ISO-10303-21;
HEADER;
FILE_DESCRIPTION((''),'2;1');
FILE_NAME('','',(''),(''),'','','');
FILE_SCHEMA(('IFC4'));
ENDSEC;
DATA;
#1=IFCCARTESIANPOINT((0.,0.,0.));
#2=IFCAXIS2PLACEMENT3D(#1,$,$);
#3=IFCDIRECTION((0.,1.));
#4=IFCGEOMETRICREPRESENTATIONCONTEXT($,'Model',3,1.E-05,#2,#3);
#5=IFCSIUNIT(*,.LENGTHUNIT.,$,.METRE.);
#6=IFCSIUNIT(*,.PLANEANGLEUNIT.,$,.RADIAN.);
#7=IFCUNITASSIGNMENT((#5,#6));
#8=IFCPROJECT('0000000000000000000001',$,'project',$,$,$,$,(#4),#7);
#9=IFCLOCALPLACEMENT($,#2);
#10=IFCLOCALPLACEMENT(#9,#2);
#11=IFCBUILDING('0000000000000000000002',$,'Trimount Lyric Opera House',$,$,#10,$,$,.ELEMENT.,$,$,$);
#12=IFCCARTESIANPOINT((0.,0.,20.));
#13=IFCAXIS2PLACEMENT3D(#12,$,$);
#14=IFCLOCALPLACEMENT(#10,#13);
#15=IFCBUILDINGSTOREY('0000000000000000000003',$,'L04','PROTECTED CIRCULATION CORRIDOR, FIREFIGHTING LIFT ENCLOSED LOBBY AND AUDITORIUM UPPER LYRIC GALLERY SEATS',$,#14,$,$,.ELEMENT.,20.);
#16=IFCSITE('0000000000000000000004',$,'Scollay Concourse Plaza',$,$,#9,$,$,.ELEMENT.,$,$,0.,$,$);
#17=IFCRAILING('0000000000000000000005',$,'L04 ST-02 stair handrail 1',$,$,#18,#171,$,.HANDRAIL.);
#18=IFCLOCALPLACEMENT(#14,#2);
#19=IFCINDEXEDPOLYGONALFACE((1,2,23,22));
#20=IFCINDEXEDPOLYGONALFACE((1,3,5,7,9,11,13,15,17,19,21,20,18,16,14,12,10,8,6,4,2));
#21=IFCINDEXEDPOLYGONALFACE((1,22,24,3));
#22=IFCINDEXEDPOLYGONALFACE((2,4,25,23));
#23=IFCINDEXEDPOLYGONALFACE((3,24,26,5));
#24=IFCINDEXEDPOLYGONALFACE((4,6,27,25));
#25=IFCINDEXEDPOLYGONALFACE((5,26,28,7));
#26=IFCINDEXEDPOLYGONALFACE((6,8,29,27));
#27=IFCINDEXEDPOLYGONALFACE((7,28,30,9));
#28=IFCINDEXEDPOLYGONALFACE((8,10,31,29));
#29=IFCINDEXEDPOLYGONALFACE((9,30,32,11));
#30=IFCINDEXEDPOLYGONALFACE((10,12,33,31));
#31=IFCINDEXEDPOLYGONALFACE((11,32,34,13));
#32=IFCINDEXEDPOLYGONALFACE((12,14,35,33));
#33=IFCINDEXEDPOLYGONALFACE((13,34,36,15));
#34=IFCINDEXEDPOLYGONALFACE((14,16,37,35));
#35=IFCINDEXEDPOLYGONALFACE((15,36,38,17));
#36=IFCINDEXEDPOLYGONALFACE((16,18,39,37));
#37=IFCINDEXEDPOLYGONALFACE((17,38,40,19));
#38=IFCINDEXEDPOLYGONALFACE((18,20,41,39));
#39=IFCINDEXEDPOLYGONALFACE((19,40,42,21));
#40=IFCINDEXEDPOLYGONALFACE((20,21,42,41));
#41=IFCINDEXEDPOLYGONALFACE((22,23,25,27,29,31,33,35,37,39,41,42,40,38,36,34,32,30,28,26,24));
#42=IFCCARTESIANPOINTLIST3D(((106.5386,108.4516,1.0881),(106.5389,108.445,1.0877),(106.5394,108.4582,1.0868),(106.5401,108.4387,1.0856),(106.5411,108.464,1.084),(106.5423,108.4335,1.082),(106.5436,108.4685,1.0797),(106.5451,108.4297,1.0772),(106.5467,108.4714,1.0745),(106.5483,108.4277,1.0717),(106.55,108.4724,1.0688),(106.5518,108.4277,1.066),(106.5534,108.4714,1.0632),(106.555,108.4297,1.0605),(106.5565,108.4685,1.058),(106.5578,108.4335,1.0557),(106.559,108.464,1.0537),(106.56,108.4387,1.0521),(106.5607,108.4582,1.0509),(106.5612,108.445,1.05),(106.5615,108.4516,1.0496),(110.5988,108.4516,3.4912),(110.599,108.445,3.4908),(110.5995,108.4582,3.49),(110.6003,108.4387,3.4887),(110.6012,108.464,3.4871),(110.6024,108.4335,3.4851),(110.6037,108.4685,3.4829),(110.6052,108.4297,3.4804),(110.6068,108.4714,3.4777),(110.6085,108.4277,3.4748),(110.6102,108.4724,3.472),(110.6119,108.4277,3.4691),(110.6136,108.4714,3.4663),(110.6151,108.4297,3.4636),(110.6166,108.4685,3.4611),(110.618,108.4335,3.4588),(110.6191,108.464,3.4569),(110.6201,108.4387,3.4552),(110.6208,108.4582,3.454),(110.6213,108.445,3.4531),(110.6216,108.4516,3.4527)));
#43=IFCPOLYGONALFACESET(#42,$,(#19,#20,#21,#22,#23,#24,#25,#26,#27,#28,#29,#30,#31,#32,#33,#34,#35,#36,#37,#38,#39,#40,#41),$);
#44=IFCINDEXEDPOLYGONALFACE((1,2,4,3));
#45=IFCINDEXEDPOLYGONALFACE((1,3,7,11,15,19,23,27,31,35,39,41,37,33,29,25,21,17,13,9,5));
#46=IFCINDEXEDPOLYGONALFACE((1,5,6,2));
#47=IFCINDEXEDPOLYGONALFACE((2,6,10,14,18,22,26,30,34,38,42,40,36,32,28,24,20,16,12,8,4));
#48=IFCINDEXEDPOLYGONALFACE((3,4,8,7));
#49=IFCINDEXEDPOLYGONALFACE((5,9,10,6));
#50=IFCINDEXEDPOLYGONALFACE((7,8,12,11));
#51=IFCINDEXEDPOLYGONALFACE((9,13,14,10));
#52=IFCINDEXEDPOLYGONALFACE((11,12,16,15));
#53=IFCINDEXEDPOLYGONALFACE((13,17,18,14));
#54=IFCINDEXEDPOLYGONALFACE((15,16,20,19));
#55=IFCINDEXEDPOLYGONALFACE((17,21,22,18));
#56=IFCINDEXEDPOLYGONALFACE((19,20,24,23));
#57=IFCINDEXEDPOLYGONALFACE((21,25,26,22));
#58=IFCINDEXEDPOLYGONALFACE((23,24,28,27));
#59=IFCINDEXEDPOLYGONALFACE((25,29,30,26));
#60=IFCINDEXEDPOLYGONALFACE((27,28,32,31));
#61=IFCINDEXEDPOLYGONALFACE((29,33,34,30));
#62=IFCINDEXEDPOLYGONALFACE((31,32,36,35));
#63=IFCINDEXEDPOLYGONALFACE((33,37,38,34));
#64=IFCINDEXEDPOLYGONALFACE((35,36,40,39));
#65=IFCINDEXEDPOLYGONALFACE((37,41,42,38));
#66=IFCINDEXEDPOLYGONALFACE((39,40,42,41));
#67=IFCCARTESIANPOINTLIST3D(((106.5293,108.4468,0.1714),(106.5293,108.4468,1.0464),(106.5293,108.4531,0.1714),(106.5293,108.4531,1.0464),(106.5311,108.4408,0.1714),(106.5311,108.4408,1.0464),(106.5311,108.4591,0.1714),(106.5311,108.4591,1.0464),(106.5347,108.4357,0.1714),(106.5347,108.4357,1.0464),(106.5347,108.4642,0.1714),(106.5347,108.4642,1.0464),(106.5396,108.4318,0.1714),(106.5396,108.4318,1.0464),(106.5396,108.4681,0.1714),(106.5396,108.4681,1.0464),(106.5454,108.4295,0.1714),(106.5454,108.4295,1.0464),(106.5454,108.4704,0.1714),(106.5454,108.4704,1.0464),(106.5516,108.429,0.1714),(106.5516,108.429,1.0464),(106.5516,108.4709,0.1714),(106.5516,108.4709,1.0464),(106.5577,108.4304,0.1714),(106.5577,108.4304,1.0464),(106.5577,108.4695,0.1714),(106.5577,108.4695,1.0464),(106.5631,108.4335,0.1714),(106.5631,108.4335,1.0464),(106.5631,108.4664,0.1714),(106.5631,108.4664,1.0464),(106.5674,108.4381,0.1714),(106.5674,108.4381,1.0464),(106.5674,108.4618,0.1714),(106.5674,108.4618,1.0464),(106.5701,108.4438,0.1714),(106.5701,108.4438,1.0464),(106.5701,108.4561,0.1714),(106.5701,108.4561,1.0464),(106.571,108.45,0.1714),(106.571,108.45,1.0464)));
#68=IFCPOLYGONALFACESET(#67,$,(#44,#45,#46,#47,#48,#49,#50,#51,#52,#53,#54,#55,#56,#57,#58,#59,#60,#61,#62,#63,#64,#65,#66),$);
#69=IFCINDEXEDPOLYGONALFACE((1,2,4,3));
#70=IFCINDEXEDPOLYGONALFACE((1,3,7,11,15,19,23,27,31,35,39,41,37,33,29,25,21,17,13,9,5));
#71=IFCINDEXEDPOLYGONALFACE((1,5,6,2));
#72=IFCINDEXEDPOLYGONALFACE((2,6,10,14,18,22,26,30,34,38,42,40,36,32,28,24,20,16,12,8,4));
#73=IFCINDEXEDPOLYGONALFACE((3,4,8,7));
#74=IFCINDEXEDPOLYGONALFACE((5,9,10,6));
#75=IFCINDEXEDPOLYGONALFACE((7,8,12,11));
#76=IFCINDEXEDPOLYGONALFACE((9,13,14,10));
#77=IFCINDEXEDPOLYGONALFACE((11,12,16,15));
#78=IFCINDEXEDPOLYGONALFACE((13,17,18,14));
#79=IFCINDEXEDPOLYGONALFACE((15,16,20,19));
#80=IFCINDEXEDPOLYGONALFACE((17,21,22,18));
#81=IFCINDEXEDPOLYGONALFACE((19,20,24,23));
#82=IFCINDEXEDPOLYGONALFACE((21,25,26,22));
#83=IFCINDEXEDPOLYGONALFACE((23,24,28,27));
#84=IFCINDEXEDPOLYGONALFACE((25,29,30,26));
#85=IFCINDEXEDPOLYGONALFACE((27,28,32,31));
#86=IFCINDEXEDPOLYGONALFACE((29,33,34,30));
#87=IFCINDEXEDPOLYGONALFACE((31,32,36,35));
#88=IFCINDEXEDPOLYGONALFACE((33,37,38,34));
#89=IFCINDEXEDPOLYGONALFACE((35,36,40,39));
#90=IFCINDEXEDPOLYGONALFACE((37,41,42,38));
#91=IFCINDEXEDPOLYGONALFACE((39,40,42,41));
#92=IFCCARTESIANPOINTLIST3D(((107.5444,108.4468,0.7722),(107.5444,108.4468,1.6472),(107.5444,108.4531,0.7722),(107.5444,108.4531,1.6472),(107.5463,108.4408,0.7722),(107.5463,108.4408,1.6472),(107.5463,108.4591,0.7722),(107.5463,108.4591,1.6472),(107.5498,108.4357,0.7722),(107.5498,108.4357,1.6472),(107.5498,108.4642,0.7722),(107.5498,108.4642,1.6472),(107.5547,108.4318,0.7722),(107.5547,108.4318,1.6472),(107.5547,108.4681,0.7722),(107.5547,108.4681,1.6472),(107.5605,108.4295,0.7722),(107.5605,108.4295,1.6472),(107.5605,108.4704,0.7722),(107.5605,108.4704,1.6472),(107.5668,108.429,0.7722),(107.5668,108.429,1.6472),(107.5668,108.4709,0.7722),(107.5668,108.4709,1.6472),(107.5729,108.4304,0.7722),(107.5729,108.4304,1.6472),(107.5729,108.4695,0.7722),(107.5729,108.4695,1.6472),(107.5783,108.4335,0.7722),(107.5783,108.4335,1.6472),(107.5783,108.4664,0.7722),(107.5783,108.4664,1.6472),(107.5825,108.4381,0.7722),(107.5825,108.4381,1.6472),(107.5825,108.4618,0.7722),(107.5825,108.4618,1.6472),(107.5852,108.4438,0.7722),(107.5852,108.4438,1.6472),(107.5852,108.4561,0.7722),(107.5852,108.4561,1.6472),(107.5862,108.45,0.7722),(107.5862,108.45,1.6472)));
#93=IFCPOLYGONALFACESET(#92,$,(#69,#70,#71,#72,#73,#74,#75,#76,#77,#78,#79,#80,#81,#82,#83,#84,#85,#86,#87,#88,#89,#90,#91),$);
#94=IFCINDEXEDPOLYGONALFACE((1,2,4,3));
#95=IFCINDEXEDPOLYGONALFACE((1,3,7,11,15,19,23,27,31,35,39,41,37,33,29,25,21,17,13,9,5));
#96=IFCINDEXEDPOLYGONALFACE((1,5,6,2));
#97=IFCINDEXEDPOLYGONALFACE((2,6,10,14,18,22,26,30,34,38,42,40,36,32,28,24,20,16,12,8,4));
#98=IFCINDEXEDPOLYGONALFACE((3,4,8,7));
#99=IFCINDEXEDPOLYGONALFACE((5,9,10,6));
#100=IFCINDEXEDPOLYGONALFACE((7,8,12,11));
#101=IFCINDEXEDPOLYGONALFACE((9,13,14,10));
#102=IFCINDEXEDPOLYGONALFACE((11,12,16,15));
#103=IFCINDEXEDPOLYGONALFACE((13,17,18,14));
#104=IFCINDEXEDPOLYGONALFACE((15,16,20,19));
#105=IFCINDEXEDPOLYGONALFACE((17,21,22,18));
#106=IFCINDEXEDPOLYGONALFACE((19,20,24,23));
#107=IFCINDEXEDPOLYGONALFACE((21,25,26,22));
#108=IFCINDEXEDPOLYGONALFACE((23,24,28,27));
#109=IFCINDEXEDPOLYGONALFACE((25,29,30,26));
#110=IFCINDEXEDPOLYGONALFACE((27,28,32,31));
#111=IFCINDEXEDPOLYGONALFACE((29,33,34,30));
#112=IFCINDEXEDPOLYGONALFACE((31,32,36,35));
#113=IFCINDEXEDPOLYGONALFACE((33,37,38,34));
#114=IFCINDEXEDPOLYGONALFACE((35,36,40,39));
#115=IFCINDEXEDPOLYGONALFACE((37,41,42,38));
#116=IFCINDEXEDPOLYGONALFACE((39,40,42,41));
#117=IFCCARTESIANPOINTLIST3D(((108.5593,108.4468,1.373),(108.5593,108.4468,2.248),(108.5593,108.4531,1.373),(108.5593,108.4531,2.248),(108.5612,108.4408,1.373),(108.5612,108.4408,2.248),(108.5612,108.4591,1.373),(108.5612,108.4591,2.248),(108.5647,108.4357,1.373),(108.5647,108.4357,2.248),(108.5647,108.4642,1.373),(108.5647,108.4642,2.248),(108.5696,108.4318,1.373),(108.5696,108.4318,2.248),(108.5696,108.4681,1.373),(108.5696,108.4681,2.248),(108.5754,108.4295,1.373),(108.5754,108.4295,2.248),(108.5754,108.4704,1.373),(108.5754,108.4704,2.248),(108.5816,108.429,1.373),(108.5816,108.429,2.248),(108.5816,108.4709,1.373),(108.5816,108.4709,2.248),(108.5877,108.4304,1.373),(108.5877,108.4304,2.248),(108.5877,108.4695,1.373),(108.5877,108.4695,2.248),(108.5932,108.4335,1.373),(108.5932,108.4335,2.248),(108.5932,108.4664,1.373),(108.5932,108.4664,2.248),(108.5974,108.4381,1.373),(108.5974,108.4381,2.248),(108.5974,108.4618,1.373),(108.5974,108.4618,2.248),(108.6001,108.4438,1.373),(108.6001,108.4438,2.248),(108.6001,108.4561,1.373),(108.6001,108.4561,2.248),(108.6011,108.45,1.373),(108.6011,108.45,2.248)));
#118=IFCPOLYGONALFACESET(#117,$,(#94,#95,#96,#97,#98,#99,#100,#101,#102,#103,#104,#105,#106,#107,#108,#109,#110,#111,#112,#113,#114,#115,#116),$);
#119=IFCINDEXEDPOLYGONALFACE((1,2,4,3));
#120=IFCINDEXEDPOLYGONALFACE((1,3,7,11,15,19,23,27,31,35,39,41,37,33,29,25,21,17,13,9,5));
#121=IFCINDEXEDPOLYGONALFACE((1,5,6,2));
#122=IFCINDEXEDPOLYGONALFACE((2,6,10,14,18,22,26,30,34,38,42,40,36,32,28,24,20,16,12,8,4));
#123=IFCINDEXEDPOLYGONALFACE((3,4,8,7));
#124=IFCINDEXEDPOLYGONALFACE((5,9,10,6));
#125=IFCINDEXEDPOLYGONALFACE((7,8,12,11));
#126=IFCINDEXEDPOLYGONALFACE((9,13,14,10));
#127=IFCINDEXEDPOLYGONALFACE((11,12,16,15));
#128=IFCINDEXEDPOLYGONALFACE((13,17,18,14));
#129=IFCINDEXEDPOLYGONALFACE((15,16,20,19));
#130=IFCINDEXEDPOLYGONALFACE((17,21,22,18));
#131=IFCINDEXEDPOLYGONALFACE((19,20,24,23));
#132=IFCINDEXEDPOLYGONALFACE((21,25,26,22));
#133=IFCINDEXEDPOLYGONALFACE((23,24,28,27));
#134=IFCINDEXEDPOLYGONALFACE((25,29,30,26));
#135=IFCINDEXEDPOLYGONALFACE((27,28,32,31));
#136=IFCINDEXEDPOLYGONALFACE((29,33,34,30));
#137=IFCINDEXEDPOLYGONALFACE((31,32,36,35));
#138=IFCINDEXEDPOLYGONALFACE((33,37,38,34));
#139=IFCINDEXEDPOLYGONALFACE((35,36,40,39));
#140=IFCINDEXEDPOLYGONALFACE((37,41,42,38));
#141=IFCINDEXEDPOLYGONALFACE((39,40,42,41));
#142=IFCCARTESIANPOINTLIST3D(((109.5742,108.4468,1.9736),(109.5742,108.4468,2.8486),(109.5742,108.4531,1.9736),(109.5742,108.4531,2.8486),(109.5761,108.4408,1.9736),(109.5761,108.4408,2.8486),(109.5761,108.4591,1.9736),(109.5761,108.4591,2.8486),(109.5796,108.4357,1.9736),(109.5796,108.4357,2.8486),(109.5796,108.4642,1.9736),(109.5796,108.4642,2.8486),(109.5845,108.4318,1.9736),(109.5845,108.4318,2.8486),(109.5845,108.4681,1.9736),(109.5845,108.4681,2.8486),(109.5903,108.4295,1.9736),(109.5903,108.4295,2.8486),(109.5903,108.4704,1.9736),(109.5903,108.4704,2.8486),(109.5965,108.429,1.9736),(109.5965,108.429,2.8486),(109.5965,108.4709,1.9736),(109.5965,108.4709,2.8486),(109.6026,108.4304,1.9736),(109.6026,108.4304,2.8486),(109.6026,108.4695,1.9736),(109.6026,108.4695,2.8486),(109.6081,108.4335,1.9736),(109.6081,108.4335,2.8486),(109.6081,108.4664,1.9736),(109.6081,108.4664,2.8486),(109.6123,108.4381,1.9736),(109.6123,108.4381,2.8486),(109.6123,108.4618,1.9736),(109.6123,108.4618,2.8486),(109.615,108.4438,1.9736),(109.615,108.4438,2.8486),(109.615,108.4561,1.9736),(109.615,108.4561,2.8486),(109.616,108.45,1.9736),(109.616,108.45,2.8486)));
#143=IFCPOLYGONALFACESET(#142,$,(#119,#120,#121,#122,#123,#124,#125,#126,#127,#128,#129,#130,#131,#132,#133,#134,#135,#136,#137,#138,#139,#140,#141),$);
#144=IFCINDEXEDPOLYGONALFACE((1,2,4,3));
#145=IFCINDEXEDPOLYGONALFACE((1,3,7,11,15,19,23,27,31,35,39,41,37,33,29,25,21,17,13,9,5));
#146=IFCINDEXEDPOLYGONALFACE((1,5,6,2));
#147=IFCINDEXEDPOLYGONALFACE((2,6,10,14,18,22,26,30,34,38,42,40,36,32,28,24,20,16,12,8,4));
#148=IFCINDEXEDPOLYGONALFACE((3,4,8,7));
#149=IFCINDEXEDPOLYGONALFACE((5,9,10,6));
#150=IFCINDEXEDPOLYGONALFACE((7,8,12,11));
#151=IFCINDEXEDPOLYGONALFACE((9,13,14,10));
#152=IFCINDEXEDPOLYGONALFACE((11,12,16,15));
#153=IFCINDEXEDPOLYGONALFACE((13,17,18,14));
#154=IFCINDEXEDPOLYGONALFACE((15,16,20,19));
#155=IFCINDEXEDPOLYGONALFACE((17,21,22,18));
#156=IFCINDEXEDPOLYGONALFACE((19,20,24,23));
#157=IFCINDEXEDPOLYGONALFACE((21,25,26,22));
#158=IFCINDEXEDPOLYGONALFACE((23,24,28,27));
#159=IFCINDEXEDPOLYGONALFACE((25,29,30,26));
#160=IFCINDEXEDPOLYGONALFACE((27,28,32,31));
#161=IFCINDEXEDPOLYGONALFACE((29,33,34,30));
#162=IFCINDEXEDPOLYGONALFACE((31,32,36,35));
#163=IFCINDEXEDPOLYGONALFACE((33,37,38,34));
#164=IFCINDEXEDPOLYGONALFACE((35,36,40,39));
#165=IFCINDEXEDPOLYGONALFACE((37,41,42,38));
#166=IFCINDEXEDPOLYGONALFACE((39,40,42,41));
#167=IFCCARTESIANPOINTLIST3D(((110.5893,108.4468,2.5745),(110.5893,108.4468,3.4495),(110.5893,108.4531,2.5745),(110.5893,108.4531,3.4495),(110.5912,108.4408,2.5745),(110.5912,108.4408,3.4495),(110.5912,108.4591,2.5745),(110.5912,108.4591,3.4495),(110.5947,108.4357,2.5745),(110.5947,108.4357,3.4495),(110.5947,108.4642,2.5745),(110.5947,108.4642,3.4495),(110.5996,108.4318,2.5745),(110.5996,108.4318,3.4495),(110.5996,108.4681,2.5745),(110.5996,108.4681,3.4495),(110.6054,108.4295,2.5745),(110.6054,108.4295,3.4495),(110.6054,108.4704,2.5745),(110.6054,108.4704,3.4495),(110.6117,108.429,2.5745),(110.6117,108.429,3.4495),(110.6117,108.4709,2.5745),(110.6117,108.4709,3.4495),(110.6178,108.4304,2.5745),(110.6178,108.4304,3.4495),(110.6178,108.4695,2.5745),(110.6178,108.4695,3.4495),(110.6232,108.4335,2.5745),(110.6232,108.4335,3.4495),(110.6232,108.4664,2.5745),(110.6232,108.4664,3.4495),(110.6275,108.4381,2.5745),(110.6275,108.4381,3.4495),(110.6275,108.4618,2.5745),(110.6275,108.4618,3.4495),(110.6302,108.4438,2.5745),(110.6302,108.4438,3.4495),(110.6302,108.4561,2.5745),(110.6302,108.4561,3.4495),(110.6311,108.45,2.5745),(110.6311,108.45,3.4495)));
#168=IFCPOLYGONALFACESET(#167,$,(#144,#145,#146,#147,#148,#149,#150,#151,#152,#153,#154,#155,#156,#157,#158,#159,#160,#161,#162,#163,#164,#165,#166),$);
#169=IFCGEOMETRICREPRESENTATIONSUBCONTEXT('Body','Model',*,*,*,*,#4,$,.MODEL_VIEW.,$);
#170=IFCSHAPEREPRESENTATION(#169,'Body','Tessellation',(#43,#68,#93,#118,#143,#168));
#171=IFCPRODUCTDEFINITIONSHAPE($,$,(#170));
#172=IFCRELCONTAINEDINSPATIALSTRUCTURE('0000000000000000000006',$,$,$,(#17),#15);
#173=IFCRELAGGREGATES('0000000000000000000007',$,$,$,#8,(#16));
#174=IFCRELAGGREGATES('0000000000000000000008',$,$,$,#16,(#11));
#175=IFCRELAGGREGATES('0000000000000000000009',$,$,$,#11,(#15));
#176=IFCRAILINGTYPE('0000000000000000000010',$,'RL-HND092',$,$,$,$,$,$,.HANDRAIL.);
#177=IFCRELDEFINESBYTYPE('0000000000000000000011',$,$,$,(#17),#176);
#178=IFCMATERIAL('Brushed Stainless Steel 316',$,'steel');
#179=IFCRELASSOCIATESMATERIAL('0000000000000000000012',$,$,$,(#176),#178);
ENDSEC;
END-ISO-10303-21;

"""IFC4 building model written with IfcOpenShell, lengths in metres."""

from ifc_helpers import new_model, si_unit, direction, frame, origin, origin_2d, place, context, subcontext, project, spatial, circle, extrude, material, type_object, element, save


model = new_model("IFC4")

# Units and contexts
model_context = context("Model", 3, precision=1e-05, world=origin(), true_north=direction((0.0, 1.0)))
body_context = subcontext(model_context, "Body", "Model", "MODEL_VIEW")
ifc_project = project(units=[si_unit("LENGTHUNIT", "METRE"), si_unit("PLANEANGLEUNIT", "RADIAN")], contexts=[model_context])

# Site, building, storey
site_placement = place(None, origin())
site = spatial("IfcSite", under=ifc_project, at=site_placement, Name="Scollay Concourse Plaza", CompositionType="ELEMENT", RefElevation=0.0)
building_placement = place(site_placement, origin())
building = spatial("IfcBuilding", under=site, at=building_placement, Name="Trimount Lyric Opera House", CompositionType="ELEMENT")
storey_placement = place(building_placement, frame((0.0, 0.0, 20.0)))
storey = spatial("IfcBuildingStorey", under=building, at=storey_placement, Name="L04", Description="PROTECTED CIRCULATION CORRIDOR, FIREFIGHTING LIFT ENCLOSED LOBBY AND AUDITORIUM UPPER LYRIC GALLERY SEATS", CompositionType="ELEMENT", Elevation=20.0)

# Railing
ifc_material_1 = material(Name="Brushed Stainless Steel 316", Category="steel")
railing_type_1 = type_object("IfcRailingType", Name="RL-HND092", PredefinedType="HANDRAIL", material=ifc_material_1)
for number, where, name in (
    (1, (106.55, 108.45, 0.1714), "L04 ST-02 stair handrail 1"),
):
    element("IfcRailing", number, at=place(storey_placement, frame(where)), inside=storey, type_object=railing_type_1, Name=name, PredefinedType="HANDRAIL", context=body_context, shape_type="SweptSolid", body=[
        extrude(circle(Radius=0.0225, at=origin_2d()), frame((0.0, 0.0, 0.8975), z_axis=(0.86056, 0.0, 0.50935), x_axis=(0.0, 1.0, 0.0)), (0.0, 0.0, 1.0), 4.718),
        extrude(circle(Radius=0.021, at=origin_2d()), origin(), (0.0, 0.0, 1.0), 0.875),
        extrude(circle(Radius=0.021, at=origin_2d()), frame((1.0151, 0.0, 0.6008)), (0.0, 0.0, 1.0), 0.875),
        extrude(circle(Radius=0.021, at=origin_2d()), frame((2.03, 0.0, 1.2017)), (0.0, 0.0, 1.0), 0.875),
        extrude(circle(Radius=0.021, at=origin_2d()), frame((3.0449, 0.0, 1.8022)), (0.0, 0.0, 1.0), 0.875),
        extrude(circle(Radius=0.021, at=origin_2d()), frame((4.0601, 0.0, 2.4031)), (0.0, 0.0, 1.0), 0.875),
    ])

save(model, "model.ifc")
